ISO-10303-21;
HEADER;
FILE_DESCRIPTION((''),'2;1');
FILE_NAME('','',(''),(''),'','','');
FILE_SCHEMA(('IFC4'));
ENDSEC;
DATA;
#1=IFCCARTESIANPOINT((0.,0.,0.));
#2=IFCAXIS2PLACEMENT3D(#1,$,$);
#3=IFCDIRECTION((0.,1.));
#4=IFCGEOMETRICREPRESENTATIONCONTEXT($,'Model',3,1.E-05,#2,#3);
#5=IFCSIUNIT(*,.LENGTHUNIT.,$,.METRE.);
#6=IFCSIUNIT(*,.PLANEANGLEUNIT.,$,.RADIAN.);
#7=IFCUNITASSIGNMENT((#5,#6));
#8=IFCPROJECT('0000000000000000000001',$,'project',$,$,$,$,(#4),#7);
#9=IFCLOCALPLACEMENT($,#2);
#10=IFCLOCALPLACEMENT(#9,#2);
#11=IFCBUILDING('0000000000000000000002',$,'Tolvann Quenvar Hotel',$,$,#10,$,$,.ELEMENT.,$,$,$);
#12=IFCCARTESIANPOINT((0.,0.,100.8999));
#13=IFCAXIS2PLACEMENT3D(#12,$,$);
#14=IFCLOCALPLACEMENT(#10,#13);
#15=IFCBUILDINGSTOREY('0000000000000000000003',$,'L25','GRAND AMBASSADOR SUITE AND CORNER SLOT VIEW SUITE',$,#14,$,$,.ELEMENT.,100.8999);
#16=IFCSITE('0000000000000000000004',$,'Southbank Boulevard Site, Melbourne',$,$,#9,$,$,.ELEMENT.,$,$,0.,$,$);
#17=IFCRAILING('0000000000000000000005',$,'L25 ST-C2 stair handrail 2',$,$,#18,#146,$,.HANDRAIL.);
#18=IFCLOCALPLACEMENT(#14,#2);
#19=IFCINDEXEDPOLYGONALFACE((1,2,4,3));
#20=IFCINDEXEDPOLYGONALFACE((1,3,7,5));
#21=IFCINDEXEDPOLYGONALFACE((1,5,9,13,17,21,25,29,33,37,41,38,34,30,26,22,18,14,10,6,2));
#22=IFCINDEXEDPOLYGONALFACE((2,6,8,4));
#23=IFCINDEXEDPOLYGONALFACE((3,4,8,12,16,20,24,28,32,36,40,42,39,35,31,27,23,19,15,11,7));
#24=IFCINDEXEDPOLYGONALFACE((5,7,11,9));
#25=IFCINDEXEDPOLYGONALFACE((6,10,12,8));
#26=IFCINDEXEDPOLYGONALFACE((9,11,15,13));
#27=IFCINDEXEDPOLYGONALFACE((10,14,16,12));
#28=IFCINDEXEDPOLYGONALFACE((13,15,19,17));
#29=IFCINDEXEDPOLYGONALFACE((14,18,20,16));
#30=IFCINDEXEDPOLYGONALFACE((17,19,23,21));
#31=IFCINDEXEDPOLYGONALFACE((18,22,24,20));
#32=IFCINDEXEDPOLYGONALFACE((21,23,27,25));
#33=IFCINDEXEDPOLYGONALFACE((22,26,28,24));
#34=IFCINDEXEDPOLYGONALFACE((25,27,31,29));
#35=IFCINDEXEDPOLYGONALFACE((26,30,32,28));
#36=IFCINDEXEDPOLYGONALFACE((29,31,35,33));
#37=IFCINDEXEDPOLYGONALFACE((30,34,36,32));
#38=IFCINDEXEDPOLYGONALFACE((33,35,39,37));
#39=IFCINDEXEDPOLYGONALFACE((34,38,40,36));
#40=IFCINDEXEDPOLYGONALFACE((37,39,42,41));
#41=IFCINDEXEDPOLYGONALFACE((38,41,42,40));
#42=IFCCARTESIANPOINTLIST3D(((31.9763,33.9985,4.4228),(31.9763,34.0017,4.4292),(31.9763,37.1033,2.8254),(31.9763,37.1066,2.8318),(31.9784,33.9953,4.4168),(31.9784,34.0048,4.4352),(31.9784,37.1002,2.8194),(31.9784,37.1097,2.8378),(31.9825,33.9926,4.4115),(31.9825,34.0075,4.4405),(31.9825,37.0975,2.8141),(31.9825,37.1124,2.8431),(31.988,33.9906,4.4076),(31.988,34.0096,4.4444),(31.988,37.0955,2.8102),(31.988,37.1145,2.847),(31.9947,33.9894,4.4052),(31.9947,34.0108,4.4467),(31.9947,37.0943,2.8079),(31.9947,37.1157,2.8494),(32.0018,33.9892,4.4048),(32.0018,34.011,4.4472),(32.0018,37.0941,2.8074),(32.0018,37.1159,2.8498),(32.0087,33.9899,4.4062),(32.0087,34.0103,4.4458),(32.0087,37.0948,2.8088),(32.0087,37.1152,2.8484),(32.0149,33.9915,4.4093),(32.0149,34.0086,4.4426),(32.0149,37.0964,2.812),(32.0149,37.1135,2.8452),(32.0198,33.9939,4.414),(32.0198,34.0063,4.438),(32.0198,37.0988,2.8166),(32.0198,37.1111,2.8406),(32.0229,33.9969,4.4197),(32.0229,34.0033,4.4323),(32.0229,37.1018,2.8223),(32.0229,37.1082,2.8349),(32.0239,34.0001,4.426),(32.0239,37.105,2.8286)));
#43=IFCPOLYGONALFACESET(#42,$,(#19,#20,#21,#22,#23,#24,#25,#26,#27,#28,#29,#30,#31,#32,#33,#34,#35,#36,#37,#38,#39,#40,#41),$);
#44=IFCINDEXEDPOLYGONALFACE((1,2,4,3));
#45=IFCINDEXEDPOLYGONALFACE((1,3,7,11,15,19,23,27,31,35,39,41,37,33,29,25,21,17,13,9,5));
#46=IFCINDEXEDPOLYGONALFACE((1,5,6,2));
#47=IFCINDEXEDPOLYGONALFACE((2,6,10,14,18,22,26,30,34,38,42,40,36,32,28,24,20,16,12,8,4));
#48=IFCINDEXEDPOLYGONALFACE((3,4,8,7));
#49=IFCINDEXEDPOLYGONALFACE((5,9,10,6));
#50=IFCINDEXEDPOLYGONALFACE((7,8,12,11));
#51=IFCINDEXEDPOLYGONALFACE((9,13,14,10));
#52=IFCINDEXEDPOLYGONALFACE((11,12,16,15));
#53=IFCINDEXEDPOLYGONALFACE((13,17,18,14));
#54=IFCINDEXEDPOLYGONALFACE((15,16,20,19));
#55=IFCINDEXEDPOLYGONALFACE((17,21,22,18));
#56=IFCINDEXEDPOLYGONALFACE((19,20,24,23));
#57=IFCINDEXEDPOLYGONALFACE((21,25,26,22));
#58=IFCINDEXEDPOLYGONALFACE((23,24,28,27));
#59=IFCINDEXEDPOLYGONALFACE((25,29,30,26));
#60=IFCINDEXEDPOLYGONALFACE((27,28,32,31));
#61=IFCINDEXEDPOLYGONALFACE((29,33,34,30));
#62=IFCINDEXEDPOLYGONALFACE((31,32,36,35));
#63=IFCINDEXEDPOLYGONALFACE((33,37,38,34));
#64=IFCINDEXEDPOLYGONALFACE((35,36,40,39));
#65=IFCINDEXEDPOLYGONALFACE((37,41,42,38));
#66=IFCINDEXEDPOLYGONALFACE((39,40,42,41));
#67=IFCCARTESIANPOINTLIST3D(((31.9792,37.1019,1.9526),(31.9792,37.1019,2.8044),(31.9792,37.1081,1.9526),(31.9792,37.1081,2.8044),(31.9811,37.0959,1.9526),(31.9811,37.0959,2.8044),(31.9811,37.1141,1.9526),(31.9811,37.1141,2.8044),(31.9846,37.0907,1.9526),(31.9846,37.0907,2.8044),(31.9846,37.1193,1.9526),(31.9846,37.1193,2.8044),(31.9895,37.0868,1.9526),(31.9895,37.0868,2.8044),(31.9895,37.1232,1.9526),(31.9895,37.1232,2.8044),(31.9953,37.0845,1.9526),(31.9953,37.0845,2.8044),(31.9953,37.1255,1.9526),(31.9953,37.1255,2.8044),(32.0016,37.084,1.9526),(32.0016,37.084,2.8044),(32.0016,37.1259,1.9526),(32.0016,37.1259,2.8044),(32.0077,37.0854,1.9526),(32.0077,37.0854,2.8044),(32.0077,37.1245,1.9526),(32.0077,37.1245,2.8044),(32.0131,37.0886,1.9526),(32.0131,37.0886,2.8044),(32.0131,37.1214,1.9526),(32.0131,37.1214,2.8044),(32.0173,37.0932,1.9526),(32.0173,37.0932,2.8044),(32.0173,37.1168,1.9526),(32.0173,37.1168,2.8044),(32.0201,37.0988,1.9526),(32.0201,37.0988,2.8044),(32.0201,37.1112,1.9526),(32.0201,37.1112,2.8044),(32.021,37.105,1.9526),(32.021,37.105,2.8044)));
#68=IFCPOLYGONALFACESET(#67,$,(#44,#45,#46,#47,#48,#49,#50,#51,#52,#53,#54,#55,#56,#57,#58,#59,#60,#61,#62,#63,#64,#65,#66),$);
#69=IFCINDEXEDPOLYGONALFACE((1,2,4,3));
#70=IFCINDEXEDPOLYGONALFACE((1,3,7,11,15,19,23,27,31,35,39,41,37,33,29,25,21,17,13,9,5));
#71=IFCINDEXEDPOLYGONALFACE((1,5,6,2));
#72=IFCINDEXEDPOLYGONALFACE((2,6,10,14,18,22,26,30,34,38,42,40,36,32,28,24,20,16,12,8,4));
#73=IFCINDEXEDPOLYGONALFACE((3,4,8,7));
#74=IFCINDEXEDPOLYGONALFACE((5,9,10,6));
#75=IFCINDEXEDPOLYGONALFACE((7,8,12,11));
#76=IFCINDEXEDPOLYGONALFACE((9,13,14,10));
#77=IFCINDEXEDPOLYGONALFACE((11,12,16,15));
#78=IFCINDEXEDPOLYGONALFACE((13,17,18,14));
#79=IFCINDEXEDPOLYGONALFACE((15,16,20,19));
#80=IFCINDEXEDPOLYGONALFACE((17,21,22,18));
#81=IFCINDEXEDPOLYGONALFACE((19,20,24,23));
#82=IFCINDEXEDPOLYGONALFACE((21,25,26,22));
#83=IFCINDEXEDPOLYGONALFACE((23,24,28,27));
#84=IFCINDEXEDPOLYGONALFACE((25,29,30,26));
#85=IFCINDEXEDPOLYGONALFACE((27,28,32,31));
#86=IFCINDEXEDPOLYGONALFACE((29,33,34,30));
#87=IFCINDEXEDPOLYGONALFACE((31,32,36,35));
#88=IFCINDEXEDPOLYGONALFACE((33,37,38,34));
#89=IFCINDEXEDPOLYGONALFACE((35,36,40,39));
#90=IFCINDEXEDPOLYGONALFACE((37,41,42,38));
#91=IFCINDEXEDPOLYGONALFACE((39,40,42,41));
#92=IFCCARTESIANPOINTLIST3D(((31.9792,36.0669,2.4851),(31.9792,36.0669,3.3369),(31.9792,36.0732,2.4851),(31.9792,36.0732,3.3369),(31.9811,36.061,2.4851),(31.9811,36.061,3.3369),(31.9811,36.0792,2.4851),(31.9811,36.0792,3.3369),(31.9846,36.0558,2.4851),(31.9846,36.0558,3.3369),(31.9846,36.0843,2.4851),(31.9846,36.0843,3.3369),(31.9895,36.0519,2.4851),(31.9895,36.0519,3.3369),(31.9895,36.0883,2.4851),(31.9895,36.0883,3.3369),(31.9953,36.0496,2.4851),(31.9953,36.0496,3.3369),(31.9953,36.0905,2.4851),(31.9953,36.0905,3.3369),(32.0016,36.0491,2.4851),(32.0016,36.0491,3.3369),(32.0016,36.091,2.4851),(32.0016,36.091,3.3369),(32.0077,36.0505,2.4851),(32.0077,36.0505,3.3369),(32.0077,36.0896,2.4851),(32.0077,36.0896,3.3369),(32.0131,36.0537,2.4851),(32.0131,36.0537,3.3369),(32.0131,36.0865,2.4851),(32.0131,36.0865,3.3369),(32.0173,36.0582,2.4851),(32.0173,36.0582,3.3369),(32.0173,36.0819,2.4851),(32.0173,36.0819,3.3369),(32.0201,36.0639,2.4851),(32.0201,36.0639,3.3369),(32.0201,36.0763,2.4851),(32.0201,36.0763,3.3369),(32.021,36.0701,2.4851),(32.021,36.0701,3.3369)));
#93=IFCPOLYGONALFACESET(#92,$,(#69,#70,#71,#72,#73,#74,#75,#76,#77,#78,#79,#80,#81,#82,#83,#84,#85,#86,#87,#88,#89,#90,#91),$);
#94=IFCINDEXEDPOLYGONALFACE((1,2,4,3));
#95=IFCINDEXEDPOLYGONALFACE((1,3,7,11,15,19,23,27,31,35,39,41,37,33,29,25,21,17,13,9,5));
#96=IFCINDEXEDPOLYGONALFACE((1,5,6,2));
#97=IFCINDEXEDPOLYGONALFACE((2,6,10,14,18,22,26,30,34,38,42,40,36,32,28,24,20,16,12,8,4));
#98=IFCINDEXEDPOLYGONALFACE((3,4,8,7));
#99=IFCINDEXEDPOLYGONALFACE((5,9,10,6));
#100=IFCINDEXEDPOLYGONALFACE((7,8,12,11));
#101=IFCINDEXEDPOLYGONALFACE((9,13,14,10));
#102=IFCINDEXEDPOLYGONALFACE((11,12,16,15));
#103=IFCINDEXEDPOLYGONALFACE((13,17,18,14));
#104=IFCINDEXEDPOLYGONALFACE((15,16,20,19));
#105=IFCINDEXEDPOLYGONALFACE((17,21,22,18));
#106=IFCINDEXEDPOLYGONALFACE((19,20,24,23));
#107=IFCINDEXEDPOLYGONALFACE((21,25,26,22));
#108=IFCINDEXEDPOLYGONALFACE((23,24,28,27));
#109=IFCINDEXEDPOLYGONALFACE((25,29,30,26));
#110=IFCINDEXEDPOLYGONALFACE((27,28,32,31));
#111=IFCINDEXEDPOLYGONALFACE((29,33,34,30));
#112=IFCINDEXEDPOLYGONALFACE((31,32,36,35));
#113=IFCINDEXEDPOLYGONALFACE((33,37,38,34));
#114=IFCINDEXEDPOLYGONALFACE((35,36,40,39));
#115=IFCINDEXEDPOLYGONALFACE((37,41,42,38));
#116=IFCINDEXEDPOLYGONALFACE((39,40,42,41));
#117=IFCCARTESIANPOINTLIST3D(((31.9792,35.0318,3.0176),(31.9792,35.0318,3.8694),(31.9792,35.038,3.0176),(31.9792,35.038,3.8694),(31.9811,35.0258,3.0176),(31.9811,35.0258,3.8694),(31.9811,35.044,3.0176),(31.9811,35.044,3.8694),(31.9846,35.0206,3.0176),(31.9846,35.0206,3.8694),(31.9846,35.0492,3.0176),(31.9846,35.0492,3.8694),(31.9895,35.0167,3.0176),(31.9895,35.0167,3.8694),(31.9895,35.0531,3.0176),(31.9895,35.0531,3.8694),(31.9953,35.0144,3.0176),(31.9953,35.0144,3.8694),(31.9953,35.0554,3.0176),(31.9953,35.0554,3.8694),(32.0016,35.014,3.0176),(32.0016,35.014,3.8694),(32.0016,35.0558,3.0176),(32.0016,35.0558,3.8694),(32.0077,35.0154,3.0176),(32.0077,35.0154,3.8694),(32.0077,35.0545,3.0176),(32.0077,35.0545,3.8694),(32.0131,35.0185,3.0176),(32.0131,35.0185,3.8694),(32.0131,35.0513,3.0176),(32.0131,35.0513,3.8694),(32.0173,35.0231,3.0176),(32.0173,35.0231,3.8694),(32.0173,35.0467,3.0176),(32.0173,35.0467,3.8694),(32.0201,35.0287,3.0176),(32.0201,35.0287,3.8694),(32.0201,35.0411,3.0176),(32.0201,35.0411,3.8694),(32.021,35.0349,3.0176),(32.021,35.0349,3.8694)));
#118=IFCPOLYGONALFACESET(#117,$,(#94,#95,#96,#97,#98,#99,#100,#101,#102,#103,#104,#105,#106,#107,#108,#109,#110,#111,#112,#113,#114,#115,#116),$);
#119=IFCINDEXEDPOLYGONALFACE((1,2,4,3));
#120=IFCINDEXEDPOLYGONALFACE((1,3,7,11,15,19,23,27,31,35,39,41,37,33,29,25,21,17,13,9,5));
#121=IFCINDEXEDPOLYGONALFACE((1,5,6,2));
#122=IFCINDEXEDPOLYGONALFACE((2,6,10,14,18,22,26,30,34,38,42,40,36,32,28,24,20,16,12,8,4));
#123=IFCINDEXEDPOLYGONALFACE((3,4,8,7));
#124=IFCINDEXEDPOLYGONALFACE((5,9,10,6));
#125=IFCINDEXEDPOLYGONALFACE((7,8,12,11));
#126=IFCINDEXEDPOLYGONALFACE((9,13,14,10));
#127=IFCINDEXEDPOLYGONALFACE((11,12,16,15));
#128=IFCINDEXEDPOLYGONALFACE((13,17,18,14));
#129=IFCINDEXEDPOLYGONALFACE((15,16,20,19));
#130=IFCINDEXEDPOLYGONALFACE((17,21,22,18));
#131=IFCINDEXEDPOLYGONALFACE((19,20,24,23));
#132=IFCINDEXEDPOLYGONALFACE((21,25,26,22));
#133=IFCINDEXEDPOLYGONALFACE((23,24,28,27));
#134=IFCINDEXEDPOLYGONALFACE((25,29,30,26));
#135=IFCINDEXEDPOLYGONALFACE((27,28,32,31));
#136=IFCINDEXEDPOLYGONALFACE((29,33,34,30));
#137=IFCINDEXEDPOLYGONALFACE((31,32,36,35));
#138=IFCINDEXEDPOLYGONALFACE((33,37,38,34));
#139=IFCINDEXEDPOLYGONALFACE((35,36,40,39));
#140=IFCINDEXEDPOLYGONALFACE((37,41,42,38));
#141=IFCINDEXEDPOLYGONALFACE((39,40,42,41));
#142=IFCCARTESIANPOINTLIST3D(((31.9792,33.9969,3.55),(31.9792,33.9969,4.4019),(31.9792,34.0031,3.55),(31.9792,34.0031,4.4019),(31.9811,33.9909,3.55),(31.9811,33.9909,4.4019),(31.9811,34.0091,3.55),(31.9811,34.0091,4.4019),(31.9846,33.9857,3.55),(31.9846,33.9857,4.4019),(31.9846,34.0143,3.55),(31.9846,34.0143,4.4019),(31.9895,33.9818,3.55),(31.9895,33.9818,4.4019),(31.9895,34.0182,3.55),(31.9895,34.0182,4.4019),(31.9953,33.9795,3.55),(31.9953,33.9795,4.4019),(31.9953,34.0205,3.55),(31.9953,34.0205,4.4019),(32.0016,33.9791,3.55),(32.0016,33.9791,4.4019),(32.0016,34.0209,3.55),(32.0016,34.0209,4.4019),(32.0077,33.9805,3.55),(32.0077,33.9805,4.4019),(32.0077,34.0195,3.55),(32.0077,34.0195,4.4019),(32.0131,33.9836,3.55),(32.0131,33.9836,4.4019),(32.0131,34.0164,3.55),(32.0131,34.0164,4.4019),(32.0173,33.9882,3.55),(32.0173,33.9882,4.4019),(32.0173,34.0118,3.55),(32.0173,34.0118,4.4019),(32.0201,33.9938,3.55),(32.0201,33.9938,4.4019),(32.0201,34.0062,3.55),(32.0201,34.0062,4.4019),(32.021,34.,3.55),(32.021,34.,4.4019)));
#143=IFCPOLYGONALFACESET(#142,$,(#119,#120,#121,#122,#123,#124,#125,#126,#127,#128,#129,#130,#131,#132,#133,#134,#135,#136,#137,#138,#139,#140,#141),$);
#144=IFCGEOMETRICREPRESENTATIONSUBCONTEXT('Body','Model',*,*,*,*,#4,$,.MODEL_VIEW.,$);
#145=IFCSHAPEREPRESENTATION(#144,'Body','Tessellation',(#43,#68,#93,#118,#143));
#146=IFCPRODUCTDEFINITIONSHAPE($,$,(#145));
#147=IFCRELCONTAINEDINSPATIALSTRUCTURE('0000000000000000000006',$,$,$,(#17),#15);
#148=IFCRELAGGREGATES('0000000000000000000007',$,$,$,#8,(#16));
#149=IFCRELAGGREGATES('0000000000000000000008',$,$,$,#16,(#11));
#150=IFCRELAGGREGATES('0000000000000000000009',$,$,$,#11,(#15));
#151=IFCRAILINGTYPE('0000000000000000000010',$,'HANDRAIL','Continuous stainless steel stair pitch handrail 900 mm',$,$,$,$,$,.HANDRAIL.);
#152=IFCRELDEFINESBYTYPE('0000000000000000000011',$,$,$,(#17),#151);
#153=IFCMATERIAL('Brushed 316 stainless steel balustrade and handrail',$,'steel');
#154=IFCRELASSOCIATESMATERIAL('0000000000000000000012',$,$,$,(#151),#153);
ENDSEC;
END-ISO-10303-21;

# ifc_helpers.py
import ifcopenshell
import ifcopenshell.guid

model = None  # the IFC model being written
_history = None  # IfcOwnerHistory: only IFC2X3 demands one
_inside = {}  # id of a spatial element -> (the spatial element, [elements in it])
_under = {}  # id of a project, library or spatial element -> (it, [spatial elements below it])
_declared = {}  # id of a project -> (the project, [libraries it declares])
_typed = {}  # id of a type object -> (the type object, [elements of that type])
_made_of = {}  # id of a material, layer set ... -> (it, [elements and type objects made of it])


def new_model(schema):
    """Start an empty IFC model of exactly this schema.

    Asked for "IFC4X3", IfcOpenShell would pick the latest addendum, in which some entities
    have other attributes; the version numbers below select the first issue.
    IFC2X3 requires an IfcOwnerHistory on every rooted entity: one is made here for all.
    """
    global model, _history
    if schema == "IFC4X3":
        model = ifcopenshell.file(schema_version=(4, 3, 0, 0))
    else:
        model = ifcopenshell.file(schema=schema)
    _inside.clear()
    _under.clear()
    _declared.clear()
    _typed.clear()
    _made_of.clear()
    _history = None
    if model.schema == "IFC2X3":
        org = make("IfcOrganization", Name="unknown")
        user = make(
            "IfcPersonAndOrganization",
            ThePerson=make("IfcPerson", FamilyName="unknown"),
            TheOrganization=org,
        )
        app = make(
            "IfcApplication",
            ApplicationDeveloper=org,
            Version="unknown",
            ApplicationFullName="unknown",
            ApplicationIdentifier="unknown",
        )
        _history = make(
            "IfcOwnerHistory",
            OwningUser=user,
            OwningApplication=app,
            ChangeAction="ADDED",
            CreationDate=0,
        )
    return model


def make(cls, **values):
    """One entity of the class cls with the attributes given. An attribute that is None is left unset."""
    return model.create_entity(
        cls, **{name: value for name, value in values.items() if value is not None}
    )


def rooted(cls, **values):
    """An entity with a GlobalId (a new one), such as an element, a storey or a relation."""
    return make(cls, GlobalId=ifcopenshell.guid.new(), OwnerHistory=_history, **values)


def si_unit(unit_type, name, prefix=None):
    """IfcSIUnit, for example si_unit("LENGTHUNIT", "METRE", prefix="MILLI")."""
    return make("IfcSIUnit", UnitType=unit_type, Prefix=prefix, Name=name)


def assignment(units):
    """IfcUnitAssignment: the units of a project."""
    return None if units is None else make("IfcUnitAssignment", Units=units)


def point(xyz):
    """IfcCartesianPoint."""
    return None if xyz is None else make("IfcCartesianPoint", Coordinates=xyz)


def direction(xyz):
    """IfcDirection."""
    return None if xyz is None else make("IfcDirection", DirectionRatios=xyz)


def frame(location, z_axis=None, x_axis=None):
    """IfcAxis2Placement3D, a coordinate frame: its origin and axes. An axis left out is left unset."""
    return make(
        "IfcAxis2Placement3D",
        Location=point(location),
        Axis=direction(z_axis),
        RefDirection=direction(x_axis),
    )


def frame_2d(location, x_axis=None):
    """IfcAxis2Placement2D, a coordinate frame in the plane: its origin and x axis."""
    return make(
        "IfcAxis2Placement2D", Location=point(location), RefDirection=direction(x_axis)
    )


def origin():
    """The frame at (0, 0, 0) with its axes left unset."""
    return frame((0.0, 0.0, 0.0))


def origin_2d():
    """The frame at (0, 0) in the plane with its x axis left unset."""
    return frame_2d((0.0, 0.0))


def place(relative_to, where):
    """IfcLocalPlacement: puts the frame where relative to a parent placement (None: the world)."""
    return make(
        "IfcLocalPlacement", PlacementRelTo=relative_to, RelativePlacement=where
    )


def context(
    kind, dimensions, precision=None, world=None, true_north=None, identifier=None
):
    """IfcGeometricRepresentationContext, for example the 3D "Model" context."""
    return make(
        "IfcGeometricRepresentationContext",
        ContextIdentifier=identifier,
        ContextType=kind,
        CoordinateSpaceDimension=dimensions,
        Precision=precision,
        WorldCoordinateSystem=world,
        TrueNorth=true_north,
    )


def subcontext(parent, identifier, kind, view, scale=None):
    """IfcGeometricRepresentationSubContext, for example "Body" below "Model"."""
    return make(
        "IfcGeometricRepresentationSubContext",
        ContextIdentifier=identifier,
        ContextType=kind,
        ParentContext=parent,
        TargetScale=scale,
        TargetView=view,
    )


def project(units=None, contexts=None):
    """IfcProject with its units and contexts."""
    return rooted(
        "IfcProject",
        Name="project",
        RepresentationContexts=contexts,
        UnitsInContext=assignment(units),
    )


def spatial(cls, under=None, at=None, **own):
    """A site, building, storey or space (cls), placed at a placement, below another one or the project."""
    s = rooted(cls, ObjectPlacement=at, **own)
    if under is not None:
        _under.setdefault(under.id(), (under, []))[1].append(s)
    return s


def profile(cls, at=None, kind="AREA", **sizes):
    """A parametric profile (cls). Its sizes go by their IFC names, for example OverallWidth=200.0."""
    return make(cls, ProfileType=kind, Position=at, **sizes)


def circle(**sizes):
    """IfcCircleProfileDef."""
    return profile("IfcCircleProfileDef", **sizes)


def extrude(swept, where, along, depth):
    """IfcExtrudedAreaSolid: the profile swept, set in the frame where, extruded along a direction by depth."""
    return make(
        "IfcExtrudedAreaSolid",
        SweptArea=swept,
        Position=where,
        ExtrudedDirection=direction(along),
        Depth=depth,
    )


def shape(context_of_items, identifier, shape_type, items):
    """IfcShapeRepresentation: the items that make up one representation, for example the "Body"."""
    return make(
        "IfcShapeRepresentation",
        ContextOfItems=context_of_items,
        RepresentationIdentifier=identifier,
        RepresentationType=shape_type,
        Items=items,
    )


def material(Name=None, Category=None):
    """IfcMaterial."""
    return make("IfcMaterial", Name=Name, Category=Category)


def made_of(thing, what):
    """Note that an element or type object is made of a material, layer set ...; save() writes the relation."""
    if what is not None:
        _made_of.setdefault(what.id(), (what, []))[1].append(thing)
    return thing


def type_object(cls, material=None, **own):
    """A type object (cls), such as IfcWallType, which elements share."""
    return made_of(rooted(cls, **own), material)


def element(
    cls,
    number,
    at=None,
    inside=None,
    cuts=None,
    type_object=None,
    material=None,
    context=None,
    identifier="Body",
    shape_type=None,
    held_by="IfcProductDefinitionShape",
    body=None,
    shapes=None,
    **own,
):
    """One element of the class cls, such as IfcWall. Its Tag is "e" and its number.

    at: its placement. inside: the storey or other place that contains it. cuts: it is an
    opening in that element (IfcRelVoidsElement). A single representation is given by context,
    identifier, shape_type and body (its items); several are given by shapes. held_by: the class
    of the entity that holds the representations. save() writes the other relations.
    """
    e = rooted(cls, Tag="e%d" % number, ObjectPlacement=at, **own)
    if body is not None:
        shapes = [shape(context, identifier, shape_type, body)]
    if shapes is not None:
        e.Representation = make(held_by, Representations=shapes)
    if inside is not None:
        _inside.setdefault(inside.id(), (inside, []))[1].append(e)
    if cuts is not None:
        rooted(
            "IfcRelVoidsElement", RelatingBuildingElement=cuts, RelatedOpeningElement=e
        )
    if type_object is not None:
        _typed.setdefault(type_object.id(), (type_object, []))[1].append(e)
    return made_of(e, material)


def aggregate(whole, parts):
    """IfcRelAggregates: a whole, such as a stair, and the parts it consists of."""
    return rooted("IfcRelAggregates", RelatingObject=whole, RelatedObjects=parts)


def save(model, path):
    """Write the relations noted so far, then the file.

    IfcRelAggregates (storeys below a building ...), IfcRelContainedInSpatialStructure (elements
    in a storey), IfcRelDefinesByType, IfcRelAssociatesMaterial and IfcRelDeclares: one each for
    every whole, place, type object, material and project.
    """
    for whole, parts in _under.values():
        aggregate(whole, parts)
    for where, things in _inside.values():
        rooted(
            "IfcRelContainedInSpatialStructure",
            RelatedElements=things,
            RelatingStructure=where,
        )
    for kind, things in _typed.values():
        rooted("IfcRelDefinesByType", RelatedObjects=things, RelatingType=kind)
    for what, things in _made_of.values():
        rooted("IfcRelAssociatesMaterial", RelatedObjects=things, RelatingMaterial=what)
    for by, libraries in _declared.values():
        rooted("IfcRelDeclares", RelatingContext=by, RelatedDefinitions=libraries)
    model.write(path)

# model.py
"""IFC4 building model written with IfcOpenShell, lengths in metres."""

from ifc_helpers import new_model, si_unit, direction, frame, origin, origin_2d, place, context, subcontext, project, spatial, circle, extrude, material, type_object, element, save


model = new_model("IFC4")

# Units and contexts
model_context = context("Model", 3, precision=1e-05, world=origin(), true_north=direction((0.0, 1.0)))
body_context = subcontext(model_context, "Body", "Model", "MODEL_VIEW")
ifc_project = project(units=[si_unit("LENGTHUNIT", "METRE"), si_unit("PLANEANGLEUNIT", "RADIAN")], contexts=[model_context])

# Site, building, storey
site_placement = place(None, origin())
site = spatial("IfcSite", under=ifc_project, at=site_placement, Name="Southbank Boulevard Site, Melbourne", CompositionType="ELEMENT", RefElevation=0.0)
building_placement = place(site_placement, origin())
building = spatial("IfcBuilding", under=site, at=building_placement, Name="Tolvann Quenvar Hotel", CompositionType="ELEMENT")
storey_placement = place(building_placement, frame((0.0, 0.0, 100.8999)))
storey = spatial("IfcBuildingStorey", under=building, at=storey_placement, Name="L25", Description="GRAND AMBASSADOR SUITE AND CORNER SLOT VIEW SUITE", CompositionType="ELEMENT", Elevation=100.8999)

# Railing
ifc_material_1 = material(Name="Brushed 316 stainless steel balustrade and handrail", Category="steel")
railing_type_1 = type_object("IfcRailingType", Name="HANDRAIL", Description="Continuous stainless steel stair pitch handrail 900 mm", PredefinedType="HANDRAIL", material=ifc_material_1)
railing_1_placement = place(storey_placement, frame((32.0, 37.105, 1.9526)))
element("IfcRailing", 1, at=railing_1_placement, inside=storey, type_object=railing_type_1, Name="L25 ST-C2 stair handrail 2", PredefinedType="HANDRAIL", context=body_context, shape_type="SweptSolid", body=[
    extrude(circle(Radius=0.0239, at=origin_2d()), frame((0.0, 0.0, 0.876), z_axis=(0.0, -0.889222, 0.457476), x_axis=(1.0, 0.0, 0.0)), (0.0, 0.0, 1.0), 3.4917),
    extrude(circle(Radius=0.021, at=origin_2d()), origin(), (0.0, 0.0, 1.0), 0.8518),
    extrude(circle(Radius=0.021, at=origin_2d()), frame((0.0, -1.0349, 0.5325)), (0.0, 0.0, 1.0), 0.8518),
    extrude(circle(Radius=0.021, at=origin_2d()), frame((0.0, -2.0701, 1.0649)), (0.0, 0.0, 1.0), 0.8518),
    extrude(circle(Radius=0.021, at=origin_2d()), frame((0.0, -3.105, 1.5974)), (0.0, 0.0, 1.0), 0.8518),
])

save(model, "model.ifc")
